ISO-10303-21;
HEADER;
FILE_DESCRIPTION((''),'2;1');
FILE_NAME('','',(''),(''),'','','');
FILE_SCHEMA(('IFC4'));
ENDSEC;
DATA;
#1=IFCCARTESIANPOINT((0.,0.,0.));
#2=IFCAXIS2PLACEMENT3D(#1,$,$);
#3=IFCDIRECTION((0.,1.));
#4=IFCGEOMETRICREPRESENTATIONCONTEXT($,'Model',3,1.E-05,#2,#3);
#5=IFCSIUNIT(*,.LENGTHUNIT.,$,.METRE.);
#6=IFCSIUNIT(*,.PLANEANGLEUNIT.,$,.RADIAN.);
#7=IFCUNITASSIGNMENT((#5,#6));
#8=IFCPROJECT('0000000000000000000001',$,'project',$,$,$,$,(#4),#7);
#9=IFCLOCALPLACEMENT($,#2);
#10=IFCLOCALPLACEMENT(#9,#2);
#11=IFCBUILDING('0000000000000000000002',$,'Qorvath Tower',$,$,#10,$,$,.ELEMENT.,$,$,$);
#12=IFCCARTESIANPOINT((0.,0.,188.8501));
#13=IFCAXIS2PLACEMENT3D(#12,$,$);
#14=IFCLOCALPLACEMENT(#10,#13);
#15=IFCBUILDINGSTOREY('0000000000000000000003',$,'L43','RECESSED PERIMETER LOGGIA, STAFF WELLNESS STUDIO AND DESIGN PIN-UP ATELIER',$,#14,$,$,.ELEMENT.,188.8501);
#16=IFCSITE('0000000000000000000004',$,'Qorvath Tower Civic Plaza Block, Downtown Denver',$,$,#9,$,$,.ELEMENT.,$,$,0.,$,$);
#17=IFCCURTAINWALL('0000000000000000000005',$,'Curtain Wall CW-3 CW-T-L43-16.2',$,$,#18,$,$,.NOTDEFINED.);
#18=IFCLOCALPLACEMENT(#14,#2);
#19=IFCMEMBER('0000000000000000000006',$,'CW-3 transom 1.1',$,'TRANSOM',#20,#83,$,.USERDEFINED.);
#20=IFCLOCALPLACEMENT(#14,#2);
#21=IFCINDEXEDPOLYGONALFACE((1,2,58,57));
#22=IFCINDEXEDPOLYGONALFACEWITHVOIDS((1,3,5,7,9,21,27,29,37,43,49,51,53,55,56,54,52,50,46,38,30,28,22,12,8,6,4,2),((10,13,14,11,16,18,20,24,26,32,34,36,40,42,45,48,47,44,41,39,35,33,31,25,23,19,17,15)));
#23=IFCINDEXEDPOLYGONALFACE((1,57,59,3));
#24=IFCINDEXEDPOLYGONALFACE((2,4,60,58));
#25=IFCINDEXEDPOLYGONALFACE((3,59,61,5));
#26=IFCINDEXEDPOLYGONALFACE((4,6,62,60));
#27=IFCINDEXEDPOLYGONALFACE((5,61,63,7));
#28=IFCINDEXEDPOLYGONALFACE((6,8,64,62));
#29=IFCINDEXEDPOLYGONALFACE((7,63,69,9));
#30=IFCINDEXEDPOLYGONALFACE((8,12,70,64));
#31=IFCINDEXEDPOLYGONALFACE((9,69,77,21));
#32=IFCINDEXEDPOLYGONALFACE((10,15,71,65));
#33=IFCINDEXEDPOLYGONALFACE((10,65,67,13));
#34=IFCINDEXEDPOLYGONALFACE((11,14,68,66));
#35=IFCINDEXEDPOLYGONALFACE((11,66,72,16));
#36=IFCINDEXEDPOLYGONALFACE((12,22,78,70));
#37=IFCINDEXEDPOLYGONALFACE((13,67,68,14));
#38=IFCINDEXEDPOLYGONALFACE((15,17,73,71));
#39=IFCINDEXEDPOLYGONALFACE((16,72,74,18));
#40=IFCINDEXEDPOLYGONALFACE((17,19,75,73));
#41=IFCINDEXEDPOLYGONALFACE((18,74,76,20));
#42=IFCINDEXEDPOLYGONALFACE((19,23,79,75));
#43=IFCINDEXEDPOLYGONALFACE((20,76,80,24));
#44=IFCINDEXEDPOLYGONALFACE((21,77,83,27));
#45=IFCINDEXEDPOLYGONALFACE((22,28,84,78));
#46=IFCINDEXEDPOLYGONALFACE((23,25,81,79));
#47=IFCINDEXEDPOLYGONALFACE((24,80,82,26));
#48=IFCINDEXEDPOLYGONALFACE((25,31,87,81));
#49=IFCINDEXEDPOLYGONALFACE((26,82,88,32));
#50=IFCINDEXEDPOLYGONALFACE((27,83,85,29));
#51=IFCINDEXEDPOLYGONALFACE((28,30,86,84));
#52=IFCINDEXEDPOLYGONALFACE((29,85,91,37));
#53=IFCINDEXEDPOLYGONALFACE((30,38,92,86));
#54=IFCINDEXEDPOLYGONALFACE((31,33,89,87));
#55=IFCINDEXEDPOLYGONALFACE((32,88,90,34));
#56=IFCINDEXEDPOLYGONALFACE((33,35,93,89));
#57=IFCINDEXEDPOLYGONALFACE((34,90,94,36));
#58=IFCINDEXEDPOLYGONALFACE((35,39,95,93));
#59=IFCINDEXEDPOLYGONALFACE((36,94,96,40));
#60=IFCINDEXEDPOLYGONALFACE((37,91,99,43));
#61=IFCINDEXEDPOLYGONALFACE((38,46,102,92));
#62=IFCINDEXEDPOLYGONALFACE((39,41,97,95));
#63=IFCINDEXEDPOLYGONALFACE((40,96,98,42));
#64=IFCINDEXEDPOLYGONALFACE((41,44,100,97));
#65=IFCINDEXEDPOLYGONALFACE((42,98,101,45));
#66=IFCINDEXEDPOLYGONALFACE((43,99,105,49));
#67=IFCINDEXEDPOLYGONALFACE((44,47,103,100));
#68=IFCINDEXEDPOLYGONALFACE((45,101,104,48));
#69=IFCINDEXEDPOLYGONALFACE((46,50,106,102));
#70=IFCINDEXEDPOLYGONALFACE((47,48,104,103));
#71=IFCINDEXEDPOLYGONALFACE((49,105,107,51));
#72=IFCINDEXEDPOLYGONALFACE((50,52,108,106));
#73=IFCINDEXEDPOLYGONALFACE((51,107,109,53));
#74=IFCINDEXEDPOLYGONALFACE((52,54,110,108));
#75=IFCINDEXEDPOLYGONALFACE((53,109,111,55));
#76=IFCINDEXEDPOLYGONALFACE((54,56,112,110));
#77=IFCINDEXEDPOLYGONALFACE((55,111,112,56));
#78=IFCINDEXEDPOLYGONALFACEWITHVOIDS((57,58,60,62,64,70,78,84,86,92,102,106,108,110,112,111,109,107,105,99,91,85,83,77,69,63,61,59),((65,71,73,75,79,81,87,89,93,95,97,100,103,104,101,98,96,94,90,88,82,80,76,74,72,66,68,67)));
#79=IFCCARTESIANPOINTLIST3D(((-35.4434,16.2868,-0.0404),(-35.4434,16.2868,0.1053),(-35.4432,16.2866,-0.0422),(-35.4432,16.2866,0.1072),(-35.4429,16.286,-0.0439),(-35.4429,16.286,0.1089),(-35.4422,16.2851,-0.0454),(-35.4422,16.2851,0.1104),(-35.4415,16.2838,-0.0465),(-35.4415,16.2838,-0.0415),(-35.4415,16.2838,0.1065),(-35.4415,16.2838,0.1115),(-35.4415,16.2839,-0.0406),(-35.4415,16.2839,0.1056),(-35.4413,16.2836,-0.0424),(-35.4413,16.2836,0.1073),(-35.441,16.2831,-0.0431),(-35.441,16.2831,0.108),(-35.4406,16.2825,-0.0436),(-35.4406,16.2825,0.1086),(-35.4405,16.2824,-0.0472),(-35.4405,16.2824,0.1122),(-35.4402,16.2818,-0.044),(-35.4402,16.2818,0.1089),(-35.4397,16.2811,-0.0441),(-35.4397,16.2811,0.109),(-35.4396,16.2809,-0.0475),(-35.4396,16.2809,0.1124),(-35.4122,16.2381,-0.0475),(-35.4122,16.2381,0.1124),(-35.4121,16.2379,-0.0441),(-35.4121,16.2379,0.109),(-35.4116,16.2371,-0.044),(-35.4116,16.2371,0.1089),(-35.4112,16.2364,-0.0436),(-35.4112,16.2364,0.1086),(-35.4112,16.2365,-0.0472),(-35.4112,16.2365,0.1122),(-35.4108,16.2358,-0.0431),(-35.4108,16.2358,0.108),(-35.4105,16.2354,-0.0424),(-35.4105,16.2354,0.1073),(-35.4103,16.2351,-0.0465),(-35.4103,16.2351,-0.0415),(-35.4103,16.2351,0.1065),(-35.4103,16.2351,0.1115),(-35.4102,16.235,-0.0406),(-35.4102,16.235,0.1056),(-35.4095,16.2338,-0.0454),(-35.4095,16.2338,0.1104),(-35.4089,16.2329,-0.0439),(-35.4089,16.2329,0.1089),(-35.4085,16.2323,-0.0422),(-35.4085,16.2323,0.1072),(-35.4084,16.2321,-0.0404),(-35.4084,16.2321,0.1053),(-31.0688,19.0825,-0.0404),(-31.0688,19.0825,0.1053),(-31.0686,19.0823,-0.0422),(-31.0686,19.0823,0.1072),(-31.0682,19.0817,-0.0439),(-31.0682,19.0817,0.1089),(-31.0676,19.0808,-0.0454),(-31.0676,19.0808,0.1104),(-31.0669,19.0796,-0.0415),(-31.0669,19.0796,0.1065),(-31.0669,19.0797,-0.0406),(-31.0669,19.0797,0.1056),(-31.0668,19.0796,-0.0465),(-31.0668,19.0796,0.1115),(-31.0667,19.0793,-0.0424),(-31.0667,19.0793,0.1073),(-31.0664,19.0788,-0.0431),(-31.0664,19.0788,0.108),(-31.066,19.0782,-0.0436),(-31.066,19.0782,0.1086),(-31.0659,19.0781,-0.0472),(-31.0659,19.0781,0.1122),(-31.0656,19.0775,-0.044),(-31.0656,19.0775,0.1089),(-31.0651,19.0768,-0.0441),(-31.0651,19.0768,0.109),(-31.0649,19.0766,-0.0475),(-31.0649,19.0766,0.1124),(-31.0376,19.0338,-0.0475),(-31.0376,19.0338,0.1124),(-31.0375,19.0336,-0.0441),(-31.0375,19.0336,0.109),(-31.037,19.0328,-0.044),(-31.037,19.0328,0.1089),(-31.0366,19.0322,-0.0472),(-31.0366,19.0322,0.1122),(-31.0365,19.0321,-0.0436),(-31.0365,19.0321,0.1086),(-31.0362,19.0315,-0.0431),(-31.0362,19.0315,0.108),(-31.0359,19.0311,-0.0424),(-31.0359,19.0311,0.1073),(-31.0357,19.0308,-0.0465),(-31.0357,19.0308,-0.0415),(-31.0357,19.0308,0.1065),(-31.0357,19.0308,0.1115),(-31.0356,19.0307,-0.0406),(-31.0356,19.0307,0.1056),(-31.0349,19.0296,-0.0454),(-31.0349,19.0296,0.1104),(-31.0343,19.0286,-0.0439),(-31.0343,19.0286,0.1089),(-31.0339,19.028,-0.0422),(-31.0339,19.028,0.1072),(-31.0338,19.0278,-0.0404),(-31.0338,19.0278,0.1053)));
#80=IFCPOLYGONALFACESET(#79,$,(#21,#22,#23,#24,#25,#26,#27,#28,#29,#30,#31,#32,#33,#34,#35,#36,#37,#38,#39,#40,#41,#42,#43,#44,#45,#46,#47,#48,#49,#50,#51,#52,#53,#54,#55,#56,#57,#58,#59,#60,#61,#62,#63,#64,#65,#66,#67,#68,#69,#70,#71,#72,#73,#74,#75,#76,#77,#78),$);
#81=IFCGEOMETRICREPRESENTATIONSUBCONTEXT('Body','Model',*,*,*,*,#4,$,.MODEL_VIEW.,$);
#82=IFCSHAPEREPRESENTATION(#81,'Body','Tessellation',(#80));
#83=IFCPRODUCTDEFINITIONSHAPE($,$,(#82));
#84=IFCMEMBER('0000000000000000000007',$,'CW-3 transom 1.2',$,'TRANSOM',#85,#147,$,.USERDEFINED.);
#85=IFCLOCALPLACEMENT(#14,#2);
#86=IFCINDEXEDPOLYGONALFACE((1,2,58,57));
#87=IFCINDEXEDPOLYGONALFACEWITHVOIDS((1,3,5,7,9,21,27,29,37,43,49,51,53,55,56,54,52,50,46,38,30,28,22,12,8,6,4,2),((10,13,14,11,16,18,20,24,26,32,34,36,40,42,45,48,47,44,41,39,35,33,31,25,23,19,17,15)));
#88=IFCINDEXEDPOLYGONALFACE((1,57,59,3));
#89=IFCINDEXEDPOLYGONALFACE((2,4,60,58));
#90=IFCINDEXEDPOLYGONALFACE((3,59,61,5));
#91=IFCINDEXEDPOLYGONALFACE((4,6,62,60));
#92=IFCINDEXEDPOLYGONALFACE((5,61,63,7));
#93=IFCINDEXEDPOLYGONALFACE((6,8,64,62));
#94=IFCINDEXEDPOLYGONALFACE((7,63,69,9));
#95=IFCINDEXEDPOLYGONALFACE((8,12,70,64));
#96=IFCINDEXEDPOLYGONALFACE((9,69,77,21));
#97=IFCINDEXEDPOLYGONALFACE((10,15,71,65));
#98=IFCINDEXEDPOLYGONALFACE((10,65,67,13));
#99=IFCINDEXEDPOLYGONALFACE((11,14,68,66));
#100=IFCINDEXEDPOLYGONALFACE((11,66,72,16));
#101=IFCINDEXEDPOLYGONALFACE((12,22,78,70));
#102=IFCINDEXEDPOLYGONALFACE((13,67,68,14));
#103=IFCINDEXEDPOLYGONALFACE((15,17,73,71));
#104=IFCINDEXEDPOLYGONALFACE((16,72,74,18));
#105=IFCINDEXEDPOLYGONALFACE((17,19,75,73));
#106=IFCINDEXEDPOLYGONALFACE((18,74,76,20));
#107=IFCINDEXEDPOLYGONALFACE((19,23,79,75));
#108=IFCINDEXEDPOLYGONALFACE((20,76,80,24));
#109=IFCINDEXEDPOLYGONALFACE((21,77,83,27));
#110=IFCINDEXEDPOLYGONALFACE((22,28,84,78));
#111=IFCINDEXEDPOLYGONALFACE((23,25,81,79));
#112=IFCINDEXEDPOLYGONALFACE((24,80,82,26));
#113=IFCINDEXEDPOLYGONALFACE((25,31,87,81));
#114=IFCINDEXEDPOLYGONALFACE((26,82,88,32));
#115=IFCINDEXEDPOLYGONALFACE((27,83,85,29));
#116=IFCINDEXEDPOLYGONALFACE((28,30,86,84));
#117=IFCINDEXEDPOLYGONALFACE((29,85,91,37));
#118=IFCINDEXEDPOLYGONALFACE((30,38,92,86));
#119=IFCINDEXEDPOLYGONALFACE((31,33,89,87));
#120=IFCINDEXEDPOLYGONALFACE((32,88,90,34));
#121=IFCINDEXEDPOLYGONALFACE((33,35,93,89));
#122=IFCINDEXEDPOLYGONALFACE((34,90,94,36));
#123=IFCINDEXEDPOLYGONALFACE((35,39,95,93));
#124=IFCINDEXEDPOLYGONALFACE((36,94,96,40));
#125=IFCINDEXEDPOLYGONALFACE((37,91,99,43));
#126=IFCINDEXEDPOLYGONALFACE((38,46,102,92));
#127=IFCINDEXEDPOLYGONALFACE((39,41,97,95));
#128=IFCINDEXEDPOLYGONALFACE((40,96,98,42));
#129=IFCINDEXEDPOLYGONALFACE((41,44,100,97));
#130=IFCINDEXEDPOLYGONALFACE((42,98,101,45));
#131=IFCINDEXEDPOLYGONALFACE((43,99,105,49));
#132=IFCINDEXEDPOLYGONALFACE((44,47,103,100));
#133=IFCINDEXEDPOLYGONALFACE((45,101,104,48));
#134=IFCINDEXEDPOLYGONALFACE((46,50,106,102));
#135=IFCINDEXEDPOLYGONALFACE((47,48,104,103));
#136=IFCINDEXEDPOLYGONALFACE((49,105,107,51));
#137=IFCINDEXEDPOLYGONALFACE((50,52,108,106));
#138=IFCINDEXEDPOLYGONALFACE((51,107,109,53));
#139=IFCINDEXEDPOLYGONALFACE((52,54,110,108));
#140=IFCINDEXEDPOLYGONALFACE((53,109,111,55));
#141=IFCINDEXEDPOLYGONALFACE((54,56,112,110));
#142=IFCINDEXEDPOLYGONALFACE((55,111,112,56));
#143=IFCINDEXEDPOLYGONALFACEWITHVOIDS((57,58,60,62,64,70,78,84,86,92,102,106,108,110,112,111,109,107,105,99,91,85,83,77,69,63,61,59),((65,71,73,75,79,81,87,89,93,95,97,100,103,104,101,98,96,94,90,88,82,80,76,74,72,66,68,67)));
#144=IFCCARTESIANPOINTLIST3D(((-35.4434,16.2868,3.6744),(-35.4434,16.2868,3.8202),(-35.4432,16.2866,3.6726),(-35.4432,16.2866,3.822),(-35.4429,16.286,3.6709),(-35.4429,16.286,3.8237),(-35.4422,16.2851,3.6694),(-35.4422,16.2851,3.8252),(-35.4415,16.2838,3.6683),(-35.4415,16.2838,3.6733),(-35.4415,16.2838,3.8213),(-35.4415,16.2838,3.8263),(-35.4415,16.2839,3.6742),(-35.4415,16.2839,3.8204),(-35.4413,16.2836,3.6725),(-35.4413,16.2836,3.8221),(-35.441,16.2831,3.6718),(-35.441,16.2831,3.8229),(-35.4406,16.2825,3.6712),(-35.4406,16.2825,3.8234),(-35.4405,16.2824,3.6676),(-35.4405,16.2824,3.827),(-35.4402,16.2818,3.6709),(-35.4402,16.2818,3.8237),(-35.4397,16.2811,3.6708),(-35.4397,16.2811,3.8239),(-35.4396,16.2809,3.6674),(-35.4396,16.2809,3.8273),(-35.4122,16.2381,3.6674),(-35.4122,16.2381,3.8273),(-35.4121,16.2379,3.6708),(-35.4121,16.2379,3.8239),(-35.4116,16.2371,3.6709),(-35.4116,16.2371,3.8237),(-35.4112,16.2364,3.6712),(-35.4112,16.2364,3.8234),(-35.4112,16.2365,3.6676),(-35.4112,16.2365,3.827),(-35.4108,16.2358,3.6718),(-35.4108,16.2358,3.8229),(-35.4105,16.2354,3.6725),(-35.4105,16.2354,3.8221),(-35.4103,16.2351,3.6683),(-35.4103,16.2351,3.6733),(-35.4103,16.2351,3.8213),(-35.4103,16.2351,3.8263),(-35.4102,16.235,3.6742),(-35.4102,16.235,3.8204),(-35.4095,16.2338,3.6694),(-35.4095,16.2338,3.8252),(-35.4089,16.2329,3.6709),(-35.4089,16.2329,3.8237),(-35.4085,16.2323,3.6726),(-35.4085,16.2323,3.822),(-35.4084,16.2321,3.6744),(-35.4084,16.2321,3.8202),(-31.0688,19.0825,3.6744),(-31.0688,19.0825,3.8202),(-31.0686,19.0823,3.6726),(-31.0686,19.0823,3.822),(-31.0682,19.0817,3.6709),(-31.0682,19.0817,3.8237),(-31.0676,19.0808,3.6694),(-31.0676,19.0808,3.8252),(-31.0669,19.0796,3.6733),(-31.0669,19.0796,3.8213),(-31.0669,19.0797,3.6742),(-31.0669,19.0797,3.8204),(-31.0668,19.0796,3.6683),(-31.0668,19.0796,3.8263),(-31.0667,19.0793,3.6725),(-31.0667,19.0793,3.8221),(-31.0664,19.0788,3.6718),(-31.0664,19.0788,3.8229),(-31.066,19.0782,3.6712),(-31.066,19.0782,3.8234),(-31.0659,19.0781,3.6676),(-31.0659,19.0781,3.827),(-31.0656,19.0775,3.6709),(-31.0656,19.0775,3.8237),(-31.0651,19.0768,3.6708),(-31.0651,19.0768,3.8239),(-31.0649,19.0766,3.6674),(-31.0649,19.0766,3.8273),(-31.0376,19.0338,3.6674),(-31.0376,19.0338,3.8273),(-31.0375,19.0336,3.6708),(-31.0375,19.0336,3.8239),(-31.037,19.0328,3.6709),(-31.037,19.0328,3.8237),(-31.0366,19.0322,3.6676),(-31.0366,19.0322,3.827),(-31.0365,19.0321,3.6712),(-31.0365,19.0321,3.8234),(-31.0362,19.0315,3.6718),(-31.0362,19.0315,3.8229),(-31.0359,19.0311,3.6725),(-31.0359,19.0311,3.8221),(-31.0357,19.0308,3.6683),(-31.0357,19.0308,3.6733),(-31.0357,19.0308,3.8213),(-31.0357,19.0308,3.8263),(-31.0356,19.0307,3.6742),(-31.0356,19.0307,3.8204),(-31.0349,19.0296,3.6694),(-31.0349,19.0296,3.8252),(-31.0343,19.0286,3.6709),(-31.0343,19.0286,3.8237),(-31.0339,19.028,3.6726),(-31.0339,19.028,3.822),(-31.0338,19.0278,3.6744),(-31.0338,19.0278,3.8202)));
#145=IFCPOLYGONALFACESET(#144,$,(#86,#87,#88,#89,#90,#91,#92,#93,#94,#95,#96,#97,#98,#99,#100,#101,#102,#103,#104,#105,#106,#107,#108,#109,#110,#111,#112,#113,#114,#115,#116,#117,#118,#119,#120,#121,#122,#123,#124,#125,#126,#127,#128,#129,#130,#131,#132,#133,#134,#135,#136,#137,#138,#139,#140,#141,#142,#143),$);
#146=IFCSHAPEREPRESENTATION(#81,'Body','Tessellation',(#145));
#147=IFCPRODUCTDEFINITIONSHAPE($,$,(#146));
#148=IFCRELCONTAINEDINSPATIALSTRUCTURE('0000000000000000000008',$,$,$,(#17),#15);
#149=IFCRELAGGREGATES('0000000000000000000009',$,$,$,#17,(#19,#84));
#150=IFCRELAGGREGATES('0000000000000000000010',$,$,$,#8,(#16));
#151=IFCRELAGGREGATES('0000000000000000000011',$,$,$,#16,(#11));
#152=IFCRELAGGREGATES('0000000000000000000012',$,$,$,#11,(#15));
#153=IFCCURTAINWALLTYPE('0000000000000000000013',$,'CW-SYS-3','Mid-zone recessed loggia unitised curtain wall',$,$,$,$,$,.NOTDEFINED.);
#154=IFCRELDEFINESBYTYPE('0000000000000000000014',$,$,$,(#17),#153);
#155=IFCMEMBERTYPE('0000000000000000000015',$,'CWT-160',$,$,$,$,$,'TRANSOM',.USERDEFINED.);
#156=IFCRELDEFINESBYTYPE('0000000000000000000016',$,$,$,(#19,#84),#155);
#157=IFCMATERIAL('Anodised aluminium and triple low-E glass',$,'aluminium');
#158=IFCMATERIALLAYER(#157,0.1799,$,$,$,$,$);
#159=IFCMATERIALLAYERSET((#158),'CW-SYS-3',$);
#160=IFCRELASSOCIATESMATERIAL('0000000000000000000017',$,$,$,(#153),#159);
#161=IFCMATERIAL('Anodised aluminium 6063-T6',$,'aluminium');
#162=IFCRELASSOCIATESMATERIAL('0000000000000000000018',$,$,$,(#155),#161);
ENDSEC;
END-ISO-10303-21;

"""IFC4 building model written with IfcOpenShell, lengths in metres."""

from ifc_helpers import new_model, si_unit, direction, frame, origin, origin_2d, place, context, subcontext, project, spatial, hollow_rectangle, extrude, material, layer, layer_set, material_profile, profile_set, type_object, element, aggregate, save


model = new_model("IFC4")

# Units and contexts
model_context = context("Model", 3, precision=1e-05, world=origin(), true_north=direction((0.0, 1.0)))
body_context = subcontext(model_context, "Body", "Model", "MODEL_VIEW")
ifc_project = project(units=[si_unit("LENGTHUNIT", "METRE"), si_unit("PLANEANGLEUNIT", "RADIAN")], contexts=[model_context])

# Site, building, storey
site_placement = place(None, origin())
site = spatial("IfcSite", under=ifc_project, at=site_placement, Name="Qorvath Tower Civic Plaza Block, Downtown Denver", CompositionType="ELEMENT", RefElevation=0.0)
building_placement = place(site_placement, origin())
building = spatial("IfcBuilding", under=site, at=building_placement, Name="Qorvath Tower", CompositionType="ELEMENT")
storey_placement = place(building_placement, frame((0.0, 0.0, 188.8501)))
storey = spatial("IfcBuildingStorey", under=building, at=storey_placement, Name="L43", Description="RECESSED PERIMETER LOGGIA, STAFF WELLNESS STUDIO AND DESIGN PIN-UP ATELIER", CompositionType="ELEMENT", Elevation=188.8501)

# Curtain wall, members
ifc_material_1 = material(Name="Anodised aluminium and triple low-E glass", Category="aluminium")
ifc_layer_1 = layer(ifc_material_1, 0.1799)
ifc_layer_set_1 = layer_set([ifc_layer_1], Name="CW-SYS-3")
curtain_wall_type = type_object("IfcCurtainWallType", Name="CW-SYS-3", Description="Mid-zone recessed loggia unitised curtain wall", PredefinedType="NOTDEFINED", material=ifc_layer_set_1)
curtain_wall_placement = place(storey_placement, origin())
curtain_wall = element("IfcCurtainWall", 1, at=curtain_wall_placement, inside=storey, type_object=curtain_wall_type, Name="Curtain Wall CW-3 CW-T-L43-16.2", PredefinedType="NOTDEFINED")
ifc_material_2 = material(Name="Anodised aluminium 6063-T6", Category="aluminium")
ifc_material_profile_1 = material_profile(ifc_material_2, hollow_rectangle(XDim=0.0649, YDim=0.1599, WallThickness=0.0034, InnerFilletRadius=0.0034, OuterFilletRadius=0.0071, at=origin_2d()), Name="CWT 160x65")
ifc_profile_set_1 = profile_set([ifc_material_profile_1], Name="Anodised aluminium 6063-T6")
member_type_1 = type_object("IfcMemberType", Name="CWT-160", ElementType="TRANSOM", PredefinedType="USERDEFINED", material=ifc_profile_set_1)
member_1_placement = place(storey_placement, frame((-31.0513, 19.0552, 0.0325), z_axis=(-0.842624, -0.538502, 0.0), x_axis=(0.538502, -0.842624, 0.0)))
member_1 = element("IfcMember", 2, at=member_1_placement, type_object=member_type_1, Name="CW-3 transom 1.1", ObjectType="TRANSOM", PredefinedType="USERDEFINED", context=body_context, shape_type="SweptSolid", body=[
    extrude(hollow_rectangle(XDim=0.0649, YDim=0.1599, WallThickness=0.0034, InnerFilletRadius=0.0034, OuterFilletRadius=0.0071, at=origin_2d()), origin(), (0.0, 0.0, 1.0), 5.1917),
])
member_2_placement = place(storey_placement, frame((-31.0513, 19.0552, 3.7473), z_axis=(-0.842624, -0.538502, 0.0), x_axis=(0.538502, -0.842624, 0.0)))
member_2 = element("IfcMember", 3, at=member_2_placement, type_object=member_type_1, Name="CW-3 transom 1.2", ObjectType="TRANSOM", PredefinedType="USERDEFINED", context=body_context, shape_type="SweptSolid", body=[
    extrude(hollow_rectangle(XDim=0.0649, YDim=0.1599, WallThickness=0.0034, InnerFilletRadius=0.0034, OuterFilletRadius=0.0071, at=origin_2d()), origin(), (0.0, 0.0, 1.0), 5.1917),
])
aggregate(curtain_wall, [member_1, member_2])

save(model, "model.ifc")
